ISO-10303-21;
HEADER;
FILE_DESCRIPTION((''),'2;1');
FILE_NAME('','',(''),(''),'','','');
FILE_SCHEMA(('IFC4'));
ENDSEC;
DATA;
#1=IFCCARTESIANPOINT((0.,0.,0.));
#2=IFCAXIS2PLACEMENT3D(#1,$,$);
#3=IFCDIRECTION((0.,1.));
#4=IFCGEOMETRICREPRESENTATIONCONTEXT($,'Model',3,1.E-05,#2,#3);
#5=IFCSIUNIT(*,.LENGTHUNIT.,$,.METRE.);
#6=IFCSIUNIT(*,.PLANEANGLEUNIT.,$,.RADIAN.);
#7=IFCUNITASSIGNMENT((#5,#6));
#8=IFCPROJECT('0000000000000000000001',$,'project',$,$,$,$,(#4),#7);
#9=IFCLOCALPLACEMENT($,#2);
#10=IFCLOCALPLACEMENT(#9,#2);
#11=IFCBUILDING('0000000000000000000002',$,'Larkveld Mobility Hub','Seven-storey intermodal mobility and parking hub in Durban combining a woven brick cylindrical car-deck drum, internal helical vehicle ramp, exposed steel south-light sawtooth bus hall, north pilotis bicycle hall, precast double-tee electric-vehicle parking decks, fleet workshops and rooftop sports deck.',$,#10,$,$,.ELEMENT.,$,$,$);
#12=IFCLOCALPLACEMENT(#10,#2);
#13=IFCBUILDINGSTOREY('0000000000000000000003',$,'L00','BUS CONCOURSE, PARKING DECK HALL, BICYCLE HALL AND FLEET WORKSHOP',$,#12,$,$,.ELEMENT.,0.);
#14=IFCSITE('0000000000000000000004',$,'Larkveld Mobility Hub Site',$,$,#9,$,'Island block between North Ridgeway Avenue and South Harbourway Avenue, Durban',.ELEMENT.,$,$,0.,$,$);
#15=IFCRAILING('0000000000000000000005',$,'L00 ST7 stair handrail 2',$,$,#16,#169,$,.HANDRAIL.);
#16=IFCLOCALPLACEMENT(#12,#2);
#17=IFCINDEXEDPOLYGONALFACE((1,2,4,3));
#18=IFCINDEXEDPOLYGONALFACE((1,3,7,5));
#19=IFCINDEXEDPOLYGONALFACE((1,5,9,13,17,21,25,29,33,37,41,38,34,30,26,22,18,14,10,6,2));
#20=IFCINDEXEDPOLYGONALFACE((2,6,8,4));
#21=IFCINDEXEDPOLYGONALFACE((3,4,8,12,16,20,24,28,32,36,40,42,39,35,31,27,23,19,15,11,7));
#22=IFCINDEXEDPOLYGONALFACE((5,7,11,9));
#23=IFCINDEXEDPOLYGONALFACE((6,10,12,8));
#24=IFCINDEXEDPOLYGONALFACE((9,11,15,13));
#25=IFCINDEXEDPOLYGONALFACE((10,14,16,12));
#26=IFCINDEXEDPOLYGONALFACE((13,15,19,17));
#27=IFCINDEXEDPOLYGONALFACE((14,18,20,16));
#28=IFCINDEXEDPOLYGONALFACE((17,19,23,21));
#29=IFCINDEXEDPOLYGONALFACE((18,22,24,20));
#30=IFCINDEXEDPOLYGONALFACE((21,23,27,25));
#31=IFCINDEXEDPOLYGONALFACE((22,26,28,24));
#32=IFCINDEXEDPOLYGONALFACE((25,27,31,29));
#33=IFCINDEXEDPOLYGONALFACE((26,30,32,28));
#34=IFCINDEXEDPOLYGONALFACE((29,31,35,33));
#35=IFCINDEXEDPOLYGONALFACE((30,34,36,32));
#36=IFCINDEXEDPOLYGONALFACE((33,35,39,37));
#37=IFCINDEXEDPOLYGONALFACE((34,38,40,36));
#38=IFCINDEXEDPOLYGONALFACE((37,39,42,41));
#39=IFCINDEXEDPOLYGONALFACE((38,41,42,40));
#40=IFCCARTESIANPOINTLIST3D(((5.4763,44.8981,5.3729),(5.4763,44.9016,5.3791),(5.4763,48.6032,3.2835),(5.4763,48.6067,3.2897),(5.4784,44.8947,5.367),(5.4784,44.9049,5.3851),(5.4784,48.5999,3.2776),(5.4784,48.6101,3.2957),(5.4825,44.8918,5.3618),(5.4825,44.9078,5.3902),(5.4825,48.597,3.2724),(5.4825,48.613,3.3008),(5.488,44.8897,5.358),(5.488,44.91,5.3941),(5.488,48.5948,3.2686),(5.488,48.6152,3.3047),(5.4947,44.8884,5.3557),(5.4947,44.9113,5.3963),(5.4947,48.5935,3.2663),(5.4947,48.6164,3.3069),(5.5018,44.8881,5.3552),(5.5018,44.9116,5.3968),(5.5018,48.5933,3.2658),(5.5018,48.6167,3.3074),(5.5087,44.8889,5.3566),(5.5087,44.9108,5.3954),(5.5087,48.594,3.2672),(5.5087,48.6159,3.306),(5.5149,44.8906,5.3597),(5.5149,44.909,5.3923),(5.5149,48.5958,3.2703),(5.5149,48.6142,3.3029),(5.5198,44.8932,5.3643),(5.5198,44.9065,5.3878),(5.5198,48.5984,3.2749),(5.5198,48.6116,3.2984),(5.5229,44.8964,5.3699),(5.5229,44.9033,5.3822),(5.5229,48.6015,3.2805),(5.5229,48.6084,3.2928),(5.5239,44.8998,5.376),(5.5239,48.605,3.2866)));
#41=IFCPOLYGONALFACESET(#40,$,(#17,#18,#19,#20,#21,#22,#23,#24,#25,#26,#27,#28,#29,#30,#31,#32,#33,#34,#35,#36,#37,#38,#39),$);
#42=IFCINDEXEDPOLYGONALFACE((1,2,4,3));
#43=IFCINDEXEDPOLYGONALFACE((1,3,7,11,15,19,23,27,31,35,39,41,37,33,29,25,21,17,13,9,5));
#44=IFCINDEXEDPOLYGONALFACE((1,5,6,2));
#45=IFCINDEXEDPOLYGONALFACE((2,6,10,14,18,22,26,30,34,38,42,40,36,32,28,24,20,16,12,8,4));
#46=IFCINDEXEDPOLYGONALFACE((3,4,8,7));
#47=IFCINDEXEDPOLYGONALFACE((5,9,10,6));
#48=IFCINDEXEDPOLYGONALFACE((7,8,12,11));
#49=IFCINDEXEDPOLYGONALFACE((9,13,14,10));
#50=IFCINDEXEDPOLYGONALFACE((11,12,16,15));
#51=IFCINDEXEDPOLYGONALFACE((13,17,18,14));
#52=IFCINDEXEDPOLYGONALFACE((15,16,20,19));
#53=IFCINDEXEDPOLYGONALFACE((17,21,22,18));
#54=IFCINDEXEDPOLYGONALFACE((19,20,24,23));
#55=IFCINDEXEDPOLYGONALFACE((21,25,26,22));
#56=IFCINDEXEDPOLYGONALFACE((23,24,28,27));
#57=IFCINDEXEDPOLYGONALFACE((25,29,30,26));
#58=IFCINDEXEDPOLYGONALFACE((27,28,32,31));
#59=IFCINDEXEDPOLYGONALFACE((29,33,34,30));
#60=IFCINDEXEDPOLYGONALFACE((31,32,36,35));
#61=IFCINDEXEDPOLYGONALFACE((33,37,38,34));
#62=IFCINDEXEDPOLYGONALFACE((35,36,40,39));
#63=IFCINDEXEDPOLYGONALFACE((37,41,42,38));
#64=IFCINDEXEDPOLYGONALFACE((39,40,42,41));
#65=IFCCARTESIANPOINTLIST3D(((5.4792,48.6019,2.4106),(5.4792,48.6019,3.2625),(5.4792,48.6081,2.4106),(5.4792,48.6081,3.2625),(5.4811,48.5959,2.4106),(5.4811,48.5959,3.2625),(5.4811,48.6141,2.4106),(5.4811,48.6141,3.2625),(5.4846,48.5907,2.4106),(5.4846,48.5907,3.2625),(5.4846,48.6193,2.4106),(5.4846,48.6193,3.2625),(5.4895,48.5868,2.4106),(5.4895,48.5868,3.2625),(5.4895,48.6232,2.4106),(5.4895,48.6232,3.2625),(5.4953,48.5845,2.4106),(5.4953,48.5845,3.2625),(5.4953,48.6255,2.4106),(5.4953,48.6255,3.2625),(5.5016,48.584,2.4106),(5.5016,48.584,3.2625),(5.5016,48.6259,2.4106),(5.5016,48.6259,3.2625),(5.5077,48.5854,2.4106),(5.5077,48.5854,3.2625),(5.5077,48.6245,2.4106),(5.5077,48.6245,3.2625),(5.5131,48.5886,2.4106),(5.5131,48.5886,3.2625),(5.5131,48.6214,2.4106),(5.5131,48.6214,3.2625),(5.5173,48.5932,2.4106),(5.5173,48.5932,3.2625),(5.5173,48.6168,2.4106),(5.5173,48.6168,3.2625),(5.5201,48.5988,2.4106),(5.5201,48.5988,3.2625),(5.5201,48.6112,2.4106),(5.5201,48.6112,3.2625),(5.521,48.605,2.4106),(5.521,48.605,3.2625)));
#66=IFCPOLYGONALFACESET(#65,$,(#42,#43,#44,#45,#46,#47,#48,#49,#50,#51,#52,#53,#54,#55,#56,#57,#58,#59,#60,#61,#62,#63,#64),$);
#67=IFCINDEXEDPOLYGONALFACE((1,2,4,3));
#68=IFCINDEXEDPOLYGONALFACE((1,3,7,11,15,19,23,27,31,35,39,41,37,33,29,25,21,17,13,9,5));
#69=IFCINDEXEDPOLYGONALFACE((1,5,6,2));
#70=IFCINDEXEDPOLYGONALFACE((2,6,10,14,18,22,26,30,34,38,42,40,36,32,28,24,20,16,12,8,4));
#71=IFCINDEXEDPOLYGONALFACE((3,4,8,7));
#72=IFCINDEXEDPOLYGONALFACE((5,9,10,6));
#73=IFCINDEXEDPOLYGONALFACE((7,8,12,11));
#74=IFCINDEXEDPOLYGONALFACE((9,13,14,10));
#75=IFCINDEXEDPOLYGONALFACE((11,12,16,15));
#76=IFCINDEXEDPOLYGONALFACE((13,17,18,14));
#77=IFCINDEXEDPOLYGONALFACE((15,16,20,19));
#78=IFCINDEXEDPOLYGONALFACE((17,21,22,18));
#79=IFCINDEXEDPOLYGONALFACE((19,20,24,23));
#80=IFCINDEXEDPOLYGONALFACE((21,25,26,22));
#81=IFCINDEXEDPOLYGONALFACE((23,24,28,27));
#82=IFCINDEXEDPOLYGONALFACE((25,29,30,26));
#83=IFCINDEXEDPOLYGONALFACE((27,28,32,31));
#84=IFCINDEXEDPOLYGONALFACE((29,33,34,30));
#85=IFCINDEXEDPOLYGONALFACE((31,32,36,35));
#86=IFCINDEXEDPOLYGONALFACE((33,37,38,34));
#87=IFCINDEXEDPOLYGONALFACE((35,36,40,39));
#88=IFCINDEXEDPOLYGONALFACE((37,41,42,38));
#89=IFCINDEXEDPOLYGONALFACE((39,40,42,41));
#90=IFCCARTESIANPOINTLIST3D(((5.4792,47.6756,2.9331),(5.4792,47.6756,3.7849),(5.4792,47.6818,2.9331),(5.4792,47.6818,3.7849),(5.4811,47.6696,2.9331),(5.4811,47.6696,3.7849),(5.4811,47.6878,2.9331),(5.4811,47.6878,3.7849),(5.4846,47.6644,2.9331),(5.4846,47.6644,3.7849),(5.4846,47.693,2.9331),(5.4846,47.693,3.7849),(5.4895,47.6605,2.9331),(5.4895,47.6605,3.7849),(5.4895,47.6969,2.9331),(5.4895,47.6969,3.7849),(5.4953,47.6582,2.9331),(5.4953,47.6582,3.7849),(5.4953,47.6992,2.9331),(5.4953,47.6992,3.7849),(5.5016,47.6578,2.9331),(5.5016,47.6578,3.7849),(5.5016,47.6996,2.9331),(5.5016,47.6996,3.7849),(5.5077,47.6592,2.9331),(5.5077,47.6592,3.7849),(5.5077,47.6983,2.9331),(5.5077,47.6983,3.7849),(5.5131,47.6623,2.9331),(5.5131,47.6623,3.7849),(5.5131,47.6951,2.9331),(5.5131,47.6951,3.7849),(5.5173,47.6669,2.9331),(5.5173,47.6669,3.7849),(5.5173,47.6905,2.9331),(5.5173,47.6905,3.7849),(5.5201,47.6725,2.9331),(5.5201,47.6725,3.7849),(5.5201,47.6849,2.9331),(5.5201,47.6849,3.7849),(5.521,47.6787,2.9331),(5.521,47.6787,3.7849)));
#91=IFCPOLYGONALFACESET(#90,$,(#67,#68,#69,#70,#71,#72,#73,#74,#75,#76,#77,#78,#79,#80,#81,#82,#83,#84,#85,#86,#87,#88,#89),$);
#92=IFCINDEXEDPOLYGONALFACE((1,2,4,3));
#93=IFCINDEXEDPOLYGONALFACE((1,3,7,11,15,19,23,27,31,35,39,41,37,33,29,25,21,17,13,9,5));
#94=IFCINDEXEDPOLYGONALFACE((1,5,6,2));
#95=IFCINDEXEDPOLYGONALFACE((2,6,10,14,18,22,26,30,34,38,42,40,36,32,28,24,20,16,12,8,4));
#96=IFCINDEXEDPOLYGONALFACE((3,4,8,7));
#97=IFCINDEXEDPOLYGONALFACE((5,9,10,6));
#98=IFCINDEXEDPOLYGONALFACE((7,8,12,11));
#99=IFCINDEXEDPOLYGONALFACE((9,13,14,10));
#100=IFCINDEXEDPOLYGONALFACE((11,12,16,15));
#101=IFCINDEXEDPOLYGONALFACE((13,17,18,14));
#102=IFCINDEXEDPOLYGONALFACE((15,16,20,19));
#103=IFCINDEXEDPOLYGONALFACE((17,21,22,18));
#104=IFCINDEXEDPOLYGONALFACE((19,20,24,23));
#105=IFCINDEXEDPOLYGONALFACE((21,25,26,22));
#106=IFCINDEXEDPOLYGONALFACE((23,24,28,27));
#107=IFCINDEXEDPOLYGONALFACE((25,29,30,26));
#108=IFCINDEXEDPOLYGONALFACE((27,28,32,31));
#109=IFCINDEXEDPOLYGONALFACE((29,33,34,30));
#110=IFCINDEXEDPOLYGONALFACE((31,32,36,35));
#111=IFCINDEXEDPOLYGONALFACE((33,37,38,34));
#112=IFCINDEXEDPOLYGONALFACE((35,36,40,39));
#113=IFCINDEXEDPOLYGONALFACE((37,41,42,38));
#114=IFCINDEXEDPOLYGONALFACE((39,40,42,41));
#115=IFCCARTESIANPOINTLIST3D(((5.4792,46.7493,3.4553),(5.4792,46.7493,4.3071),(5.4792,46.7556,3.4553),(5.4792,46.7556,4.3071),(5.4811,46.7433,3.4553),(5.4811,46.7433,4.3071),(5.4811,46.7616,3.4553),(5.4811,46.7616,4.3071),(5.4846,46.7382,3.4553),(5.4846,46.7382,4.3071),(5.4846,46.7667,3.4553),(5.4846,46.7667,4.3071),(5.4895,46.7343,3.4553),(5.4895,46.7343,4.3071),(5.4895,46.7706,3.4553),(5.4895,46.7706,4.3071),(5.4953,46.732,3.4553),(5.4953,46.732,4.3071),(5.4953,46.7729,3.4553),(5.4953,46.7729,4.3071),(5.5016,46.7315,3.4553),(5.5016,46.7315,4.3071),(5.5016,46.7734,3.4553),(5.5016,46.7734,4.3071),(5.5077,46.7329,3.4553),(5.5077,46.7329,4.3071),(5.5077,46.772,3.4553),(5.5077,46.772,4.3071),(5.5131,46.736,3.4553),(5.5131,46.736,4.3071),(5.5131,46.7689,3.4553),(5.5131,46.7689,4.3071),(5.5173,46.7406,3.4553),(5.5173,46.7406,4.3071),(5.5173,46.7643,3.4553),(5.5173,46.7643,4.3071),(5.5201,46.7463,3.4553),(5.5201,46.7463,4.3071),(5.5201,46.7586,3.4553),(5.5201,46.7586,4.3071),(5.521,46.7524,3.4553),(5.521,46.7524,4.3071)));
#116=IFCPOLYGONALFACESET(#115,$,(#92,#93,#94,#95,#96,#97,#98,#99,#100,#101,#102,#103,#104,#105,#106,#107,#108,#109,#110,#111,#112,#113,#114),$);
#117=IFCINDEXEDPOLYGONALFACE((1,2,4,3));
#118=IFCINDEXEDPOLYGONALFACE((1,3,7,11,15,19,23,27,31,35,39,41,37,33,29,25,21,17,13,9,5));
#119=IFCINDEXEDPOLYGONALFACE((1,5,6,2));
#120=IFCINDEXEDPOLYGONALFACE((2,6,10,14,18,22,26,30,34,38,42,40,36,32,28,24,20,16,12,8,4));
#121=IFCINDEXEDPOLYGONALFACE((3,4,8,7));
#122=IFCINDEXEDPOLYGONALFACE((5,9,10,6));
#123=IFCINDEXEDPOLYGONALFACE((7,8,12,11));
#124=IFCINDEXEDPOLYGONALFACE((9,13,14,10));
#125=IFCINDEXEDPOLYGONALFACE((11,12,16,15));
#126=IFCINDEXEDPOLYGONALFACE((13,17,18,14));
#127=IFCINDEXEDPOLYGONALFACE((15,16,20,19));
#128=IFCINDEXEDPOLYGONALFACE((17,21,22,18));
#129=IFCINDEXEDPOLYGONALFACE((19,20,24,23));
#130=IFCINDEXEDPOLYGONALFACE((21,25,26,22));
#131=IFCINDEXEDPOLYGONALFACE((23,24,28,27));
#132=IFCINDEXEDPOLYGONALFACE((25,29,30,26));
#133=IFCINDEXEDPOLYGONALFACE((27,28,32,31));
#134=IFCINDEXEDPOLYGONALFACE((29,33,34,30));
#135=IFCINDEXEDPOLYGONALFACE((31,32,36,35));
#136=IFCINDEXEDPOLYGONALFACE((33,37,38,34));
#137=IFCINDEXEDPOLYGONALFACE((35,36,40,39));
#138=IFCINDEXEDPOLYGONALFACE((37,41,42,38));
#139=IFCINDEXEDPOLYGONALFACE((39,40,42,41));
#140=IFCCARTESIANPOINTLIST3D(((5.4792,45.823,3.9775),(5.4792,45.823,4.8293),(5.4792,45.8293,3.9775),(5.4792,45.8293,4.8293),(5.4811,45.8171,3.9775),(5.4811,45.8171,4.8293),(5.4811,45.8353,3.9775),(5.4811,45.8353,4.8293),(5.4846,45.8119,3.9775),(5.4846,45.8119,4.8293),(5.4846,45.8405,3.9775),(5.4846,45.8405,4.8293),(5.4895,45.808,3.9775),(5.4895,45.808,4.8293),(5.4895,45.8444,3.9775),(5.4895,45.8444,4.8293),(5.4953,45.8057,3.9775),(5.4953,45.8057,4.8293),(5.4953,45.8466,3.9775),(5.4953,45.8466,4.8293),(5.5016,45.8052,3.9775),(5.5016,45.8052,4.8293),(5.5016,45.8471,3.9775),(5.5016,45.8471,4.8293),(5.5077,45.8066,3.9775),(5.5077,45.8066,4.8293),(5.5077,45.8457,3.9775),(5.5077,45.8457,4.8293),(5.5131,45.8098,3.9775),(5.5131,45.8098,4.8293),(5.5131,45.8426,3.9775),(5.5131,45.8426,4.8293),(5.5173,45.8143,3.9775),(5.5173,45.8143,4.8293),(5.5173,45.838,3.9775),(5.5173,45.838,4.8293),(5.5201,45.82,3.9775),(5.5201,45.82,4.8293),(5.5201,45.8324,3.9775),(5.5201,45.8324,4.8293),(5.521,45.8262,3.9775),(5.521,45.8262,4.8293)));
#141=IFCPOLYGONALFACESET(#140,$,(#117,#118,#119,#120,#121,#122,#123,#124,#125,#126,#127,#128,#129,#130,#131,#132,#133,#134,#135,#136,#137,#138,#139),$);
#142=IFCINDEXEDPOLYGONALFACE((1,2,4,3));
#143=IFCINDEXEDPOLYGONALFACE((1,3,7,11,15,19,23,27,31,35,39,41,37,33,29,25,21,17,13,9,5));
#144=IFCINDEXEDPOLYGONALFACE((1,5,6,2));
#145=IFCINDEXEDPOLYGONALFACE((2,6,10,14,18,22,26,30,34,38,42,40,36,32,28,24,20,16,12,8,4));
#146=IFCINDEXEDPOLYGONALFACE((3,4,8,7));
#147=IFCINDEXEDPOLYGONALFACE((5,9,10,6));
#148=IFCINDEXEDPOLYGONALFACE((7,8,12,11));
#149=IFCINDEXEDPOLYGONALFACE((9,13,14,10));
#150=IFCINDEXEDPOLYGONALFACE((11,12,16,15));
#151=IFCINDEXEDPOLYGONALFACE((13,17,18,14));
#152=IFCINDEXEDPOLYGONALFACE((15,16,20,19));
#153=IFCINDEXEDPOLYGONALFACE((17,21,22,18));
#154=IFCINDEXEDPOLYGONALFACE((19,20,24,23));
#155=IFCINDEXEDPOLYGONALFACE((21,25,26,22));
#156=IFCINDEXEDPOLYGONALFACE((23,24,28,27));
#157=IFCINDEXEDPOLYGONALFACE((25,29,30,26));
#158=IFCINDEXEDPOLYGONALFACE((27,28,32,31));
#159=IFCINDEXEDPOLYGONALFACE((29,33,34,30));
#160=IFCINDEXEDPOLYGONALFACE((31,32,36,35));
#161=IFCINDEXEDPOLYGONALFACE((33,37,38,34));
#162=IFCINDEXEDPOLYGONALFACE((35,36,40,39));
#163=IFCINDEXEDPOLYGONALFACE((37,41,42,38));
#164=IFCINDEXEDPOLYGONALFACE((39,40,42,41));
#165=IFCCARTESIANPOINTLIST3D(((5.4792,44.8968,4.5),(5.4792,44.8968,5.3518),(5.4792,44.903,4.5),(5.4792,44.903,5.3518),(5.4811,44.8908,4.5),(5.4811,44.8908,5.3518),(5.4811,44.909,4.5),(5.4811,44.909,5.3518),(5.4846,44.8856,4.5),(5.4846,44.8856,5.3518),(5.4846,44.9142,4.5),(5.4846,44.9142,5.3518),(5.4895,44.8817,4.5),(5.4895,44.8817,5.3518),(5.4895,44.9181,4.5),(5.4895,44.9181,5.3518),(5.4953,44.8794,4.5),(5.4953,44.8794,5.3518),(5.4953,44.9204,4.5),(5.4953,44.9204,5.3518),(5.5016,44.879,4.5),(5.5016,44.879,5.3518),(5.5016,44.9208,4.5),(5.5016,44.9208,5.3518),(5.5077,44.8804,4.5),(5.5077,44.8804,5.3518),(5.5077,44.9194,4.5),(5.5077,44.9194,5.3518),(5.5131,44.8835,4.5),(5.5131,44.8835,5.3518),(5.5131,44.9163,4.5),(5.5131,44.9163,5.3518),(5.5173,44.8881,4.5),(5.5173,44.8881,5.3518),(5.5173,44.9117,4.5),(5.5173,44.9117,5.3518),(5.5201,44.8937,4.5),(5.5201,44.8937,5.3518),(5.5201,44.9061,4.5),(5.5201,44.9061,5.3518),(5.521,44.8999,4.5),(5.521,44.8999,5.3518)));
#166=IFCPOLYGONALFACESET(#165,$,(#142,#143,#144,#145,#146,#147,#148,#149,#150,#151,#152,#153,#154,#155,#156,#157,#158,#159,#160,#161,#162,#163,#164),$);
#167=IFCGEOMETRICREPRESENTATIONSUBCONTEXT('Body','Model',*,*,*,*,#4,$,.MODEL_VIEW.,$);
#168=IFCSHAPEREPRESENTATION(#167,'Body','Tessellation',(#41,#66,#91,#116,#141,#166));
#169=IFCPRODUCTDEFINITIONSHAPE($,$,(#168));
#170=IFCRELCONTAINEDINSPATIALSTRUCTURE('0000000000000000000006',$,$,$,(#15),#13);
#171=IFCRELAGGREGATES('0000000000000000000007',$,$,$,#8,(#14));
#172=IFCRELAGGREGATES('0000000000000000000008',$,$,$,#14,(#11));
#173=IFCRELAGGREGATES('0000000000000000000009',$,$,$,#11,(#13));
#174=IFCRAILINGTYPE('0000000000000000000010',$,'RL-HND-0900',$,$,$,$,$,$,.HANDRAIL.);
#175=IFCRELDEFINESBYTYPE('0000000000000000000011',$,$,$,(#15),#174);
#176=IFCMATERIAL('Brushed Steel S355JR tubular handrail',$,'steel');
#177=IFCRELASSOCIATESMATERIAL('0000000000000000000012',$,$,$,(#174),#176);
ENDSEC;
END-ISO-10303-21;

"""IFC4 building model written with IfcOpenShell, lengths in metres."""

from ifc_helpers import new_model, si_unit, direction, frame, origin, origin_2d, place, context, subcontext, project, spatial, circle, extrude, material, type_object, element, save


model = new_model("IFC4")

# Units and contexts
model_context = context("Model", 3, precision=1e-05, world=origin(), true_north=direction((0.0, 1.0)))
body_context = subcontext(model_context, "Body", "Model", "MODEL_VIEW")
ifc_project = project(units=[si_unit("LENGTHUNIT", "METRE"), si_unit("PLANEANGLEUNIT", "RADIAN")], contexts=[model_context])

# Site, building, storey
site_placement = place(None, origin())
site = spatial("IfcSite", under=ifc_project, at=site_placement, Name="Larkveld Mobility Hub Site", LongName="Island block between North Ridgeway Avenue and South Harbourway Avenue, Durban", CompositionType="ELEMENT", RefElevation=0.0)
building_placement = place(site_placement, origin())
building = spatial("IfcBuilding", under=site, at=building_placement, Name="Larkveld Mobility Hub", Description="Seven-storey intermodal mobility and parking hub in Durban combining a woven brick cylindrical car-deck drum, internal helical vehicle ramp, exposed steel south-light sawtooth bus hall, north pilotis bicycle hall, precast double-tee electric-vehicle parking decks, fleet workshops and rooftop sports deck.", CompositionType="ELEMENT")
storey_placement = place(building_placement, origin())
storey = spatial("IfcBuildingStorey", under=building, at=storey_placement, Name="L00", Description="BUS CONCOURSE, PARKING DECK HALL, BICYCLE HALL AND FLEET WORKSHOP", CompositionType="ELEMENT", Elevation=0.0)

# Railing
ifc_material_1 = material(Name="Brushed Steel S355JR tubular handrail", Category="steel")
railing_type_1 = type_object("IfcRailingType", Name="RL-HND-0900", PredefinedType="HANDRAIL", material=ifc_material_1)
railing_1_placement = place(storey_placement, frame((5.5, 48.605, 2.4106)))
element("IfcRailing", 1, at=railing_1_placement, inside=storey, type_object=railing_type_1, Name="L00 ST7 stair handrail 2", PredefinedType="HANDRAIL", context=body_context, shape_type="SweptSolid", body=[
    extrude(circle(Radius=0.0239, at=origin_2d()), frame((0.0, 0.0, 0.876), z_axis=(0.0, -0.871048, 0.491198), x_axis=(1.0, 0.0, 0.0)), (0.0, 0.0, 1.0), 4.2537),
    extrude(circle(Radius=0.021, at=origin_2d()), origin(), (0.0, 0.0, 1.0), 0.8518),
    extrude(circle(Radius=0.021, at=origin_2d()), frame((0.0, -0.9263, 0.5225)), (0.0, 0.0, 1.0), 0.8518),
    extrude(circle(Radius=0.021, at=origin_2d()), frame((0.0, -1.8525, 1.0447)), (0.0, 0.0, 1.0), 0.8518),
    extrude(circle(Radius=0.021, at=origin_2d()), frame((0.0, -2.7788, 1.5669)), (0.0, 0.0, 1.0), 0.8518),
    extrude(circle(Radius=0.021, at=origin_2d()), frame((0.0, -3.7051, 2.0894)), (0.0, 0.0, 1.0), 0.8518),
])

save(model, "model.ifc")
